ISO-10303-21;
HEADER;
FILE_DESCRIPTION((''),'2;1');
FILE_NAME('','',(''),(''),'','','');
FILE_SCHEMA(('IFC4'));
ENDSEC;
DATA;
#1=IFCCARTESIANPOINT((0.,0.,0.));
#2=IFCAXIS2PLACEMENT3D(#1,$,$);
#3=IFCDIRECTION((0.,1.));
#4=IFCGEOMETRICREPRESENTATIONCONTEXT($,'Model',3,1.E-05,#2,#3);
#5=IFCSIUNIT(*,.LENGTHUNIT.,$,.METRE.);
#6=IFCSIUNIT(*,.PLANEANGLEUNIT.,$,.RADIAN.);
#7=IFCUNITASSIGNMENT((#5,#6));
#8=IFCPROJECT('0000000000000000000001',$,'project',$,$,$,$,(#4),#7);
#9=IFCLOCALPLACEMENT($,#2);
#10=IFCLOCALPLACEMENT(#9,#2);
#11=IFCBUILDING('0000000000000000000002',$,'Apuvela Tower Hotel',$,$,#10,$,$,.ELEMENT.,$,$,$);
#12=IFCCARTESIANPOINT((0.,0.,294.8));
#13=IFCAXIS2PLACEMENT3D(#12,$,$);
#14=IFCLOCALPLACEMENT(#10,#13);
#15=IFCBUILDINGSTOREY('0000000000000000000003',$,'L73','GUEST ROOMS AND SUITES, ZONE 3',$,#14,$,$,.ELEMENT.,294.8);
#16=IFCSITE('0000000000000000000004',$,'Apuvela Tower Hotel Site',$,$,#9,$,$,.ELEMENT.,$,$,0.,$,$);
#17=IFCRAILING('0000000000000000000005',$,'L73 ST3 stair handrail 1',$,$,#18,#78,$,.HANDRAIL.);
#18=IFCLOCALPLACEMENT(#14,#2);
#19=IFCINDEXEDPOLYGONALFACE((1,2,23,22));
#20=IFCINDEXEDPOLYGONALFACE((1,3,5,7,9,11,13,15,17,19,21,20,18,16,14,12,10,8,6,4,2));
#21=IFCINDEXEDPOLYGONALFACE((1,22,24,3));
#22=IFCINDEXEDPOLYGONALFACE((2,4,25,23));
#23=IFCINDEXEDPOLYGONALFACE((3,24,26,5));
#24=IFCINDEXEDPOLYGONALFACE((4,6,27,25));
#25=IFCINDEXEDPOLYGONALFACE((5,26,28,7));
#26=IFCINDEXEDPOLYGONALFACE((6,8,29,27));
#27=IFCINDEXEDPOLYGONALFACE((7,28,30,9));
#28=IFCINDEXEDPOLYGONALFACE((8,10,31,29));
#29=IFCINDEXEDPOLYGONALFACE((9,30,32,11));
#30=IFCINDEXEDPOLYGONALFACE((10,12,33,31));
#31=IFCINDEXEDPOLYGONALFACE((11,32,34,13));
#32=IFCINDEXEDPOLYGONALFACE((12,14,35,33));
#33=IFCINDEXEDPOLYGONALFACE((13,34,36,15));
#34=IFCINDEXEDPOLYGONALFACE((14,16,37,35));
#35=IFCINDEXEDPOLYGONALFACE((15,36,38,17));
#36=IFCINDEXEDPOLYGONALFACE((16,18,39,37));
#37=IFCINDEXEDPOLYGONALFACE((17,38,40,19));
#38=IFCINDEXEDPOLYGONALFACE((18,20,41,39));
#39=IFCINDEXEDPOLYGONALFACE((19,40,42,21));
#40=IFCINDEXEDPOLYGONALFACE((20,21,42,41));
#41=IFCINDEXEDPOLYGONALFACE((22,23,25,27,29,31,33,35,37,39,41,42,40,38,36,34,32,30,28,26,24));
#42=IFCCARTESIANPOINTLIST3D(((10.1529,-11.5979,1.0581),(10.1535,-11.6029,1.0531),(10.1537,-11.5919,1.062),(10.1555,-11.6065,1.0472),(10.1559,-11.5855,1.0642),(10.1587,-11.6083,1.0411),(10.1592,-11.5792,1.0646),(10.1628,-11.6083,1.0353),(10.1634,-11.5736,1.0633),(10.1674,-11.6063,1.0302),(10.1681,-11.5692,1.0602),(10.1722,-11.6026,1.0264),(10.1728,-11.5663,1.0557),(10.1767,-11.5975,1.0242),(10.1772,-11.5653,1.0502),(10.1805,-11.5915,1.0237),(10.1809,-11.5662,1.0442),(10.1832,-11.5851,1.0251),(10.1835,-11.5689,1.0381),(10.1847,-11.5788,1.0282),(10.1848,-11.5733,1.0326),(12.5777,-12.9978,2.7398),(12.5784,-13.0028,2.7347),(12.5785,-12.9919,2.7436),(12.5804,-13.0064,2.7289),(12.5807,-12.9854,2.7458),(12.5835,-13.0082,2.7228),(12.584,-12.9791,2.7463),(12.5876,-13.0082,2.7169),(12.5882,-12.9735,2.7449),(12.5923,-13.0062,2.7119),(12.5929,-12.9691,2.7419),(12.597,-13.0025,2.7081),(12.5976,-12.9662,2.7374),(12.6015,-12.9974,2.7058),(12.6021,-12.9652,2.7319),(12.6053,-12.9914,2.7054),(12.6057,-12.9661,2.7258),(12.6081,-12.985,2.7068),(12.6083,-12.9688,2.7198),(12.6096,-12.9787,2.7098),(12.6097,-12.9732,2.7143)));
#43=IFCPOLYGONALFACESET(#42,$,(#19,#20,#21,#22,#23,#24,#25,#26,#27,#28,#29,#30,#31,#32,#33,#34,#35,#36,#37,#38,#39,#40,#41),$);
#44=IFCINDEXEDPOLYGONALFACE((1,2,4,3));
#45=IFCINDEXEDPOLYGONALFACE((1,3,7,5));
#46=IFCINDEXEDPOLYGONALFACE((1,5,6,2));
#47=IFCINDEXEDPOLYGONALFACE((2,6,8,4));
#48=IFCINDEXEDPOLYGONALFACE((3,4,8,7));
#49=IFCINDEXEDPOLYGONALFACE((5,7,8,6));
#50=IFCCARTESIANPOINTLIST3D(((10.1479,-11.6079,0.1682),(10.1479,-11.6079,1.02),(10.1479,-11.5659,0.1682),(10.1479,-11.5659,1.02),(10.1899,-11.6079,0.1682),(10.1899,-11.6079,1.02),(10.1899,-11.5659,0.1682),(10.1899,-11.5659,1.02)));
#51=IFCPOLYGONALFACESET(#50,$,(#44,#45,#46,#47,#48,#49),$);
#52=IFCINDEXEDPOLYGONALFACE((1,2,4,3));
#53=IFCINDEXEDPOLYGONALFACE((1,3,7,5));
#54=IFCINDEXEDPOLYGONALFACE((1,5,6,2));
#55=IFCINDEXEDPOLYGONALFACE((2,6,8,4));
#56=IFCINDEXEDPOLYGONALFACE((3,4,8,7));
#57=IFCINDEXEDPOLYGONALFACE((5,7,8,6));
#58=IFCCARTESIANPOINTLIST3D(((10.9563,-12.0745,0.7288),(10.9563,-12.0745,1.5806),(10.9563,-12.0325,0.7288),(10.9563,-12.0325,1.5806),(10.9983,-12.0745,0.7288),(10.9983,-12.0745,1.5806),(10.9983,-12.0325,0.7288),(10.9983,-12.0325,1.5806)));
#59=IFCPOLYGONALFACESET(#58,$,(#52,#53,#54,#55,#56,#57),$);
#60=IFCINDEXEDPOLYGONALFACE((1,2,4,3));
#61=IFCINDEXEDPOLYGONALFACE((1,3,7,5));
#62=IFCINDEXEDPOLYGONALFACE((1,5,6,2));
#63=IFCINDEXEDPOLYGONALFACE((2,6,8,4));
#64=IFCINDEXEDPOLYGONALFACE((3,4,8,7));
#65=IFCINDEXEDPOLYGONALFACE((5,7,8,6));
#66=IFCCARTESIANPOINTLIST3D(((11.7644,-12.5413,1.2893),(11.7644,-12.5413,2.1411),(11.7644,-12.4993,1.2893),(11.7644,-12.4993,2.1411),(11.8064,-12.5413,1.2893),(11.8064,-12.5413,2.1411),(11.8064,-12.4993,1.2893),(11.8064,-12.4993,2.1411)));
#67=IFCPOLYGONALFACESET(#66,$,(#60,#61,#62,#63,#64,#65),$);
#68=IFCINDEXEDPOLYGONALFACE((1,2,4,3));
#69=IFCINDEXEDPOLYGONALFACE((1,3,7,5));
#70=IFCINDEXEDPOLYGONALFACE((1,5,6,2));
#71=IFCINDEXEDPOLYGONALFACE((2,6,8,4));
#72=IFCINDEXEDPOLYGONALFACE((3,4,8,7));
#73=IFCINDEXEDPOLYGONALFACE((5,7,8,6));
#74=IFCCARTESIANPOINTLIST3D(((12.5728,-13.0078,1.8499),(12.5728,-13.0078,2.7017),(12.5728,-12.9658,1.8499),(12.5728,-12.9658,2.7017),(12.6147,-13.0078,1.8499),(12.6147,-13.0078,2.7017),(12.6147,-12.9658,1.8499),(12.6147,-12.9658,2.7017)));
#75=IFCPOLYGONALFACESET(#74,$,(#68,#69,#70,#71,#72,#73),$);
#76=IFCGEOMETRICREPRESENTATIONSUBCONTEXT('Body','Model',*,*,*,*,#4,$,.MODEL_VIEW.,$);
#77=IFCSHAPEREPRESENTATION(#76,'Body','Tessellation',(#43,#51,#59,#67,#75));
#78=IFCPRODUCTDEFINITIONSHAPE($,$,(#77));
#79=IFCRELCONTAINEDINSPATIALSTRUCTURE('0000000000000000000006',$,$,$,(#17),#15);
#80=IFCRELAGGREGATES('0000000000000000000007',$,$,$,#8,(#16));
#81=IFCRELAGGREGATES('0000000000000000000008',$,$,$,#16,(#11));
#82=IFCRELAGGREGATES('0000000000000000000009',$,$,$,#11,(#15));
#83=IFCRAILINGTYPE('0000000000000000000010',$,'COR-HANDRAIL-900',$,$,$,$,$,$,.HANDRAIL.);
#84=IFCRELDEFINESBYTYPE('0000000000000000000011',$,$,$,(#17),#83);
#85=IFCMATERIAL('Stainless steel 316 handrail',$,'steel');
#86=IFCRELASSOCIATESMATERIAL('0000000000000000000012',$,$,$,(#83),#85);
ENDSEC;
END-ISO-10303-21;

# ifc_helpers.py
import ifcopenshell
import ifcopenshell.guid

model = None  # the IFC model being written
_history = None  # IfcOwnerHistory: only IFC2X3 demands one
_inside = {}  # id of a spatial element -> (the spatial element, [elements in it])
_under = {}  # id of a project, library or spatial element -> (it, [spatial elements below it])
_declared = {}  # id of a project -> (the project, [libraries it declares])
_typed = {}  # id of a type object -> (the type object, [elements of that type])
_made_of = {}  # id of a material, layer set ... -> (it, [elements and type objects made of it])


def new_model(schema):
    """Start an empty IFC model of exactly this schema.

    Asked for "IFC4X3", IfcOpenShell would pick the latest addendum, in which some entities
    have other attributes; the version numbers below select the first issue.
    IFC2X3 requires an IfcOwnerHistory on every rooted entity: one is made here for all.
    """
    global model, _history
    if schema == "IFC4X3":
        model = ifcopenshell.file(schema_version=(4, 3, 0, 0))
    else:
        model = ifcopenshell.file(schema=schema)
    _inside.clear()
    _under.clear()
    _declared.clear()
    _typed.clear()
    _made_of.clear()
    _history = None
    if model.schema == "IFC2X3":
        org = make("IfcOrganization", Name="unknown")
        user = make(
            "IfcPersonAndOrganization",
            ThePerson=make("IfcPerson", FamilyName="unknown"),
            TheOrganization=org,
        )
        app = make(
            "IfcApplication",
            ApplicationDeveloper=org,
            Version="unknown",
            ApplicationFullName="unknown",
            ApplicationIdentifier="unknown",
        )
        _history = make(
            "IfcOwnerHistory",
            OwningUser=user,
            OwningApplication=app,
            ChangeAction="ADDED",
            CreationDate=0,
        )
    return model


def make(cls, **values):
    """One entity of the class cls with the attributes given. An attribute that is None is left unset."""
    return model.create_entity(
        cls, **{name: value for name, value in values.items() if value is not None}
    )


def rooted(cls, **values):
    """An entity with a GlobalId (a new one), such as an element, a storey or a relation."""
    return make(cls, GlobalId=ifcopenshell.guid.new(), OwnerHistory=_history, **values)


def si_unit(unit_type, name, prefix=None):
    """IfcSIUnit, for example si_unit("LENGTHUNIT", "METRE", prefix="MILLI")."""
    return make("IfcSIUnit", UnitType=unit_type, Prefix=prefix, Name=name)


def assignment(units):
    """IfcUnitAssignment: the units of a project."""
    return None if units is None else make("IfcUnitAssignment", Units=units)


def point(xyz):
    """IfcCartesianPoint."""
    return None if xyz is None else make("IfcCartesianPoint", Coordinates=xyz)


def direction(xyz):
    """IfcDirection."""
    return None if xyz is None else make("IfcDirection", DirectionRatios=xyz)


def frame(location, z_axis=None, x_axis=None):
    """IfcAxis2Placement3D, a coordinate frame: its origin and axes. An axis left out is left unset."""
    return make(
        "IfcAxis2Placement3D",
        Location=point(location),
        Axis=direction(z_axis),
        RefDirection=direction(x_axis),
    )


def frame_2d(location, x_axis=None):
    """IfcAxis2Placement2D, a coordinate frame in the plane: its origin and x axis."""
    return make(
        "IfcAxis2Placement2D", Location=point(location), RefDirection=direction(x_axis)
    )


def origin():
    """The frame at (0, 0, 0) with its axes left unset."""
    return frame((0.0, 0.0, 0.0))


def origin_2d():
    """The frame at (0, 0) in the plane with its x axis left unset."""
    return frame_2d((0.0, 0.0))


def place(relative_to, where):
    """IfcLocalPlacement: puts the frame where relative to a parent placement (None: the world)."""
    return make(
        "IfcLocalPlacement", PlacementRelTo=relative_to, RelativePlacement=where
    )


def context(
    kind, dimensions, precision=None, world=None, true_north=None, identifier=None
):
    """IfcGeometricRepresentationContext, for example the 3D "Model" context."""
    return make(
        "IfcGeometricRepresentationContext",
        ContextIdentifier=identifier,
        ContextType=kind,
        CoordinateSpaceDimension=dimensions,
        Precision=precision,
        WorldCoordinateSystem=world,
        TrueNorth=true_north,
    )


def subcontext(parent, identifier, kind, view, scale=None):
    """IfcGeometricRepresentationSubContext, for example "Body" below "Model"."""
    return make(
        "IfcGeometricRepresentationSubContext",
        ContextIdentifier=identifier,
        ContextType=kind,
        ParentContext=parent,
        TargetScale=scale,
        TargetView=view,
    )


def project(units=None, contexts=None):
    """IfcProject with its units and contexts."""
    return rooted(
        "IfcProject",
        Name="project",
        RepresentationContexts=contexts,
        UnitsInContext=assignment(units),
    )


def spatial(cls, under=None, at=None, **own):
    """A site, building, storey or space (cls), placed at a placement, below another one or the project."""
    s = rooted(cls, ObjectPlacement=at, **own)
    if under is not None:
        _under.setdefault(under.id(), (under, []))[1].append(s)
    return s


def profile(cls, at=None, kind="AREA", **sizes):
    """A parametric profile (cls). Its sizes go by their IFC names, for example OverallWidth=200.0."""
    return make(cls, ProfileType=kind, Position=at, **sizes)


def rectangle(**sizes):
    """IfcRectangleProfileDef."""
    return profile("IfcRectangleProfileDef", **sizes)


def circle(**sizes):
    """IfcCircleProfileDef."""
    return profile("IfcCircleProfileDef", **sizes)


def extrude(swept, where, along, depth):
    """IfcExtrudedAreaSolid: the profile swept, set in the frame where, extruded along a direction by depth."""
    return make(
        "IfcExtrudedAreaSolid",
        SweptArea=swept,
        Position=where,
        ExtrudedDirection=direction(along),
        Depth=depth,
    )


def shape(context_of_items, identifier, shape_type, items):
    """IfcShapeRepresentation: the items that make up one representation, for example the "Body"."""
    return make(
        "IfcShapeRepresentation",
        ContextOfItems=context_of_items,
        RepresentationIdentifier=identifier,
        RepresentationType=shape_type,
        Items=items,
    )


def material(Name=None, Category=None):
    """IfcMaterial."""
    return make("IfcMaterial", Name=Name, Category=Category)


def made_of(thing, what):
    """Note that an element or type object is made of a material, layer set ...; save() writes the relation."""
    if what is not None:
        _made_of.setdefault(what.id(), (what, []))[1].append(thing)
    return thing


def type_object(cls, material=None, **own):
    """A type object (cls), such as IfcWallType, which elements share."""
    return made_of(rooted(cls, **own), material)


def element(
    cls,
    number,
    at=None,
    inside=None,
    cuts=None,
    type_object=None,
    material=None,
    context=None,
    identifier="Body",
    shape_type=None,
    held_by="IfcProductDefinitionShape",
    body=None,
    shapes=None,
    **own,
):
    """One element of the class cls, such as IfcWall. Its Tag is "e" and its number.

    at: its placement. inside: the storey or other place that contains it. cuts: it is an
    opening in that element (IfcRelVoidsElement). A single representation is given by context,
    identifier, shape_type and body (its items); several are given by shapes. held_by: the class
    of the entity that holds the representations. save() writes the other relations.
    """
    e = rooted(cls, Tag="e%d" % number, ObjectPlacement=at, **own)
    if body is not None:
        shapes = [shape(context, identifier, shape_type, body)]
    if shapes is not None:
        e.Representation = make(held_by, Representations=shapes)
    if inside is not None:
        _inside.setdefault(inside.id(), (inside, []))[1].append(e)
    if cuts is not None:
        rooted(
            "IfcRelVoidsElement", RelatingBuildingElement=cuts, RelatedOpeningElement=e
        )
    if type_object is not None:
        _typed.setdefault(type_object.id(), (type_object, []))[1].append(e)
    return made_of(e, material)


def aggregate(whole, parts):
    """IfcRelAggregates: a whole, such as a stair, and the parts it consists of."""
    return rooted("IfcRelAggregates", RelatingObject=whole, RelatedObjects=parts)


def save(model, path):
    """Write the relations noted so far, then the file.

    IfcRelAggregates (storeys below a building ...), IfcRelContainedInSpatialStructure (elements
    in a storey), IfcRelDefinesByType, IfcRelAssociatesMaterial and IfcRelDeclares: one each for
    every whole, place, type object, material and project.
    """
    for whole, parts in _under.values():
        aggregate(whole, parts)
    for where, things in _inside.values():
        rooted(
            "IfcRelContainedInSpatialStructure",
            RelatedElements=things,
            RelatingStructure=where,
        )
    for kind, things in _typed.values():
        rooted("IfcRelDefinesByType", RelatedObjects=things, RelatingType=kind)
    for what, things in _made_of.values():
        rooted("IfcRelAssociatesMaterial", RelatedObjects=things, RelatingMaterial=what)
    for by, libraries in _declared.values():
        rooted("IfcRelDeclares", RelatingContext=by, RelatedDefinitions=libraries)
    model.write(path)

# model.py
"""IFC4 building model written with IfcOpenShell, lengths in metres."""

from ifc_helpers import new_model, si_unit, direction, frame, origin, origin_2d, place, context, subcontext, project, spatial, rectangle, circle, extrude, material, type_object, element, save


model = new_model("IFC4")

# Units and contexts
model_context = context("Model", 3, precision=1e-05, world=origin(), true_north=direction((0.0, 1.0)))
body_context = subcontext(model_context, "Body", "Model", "MODEL_VIEW")
ifc_project = project(units=[si_unit("LENGTHUNIT", "METRE"), si_unit("PLANEANGLEUNIT", "RADIAN")], contexts=[model_context])

# Site, building, storey
site_placement = place(None, origin())
site = spatial("IfcSite", under=ifc_project, at=site_placement, Name="Apuvela Tower Hotel Site", CompositionType="ELEMENT", RefElevation=0.0)
building_placement = place(site_placement, origin())
building = spatial("IfcBuilding", under=site, at=building_placement, Name="Apuvela Tower Hotel", CompositionType="ELEMENT")
storey_placement = place(building_placement, frame((0.0, 0.0, 294.8)))
storey = spatial("IfcBuildingStorey", under=building, at=storey_placement, Name="L73", Description="GUEST ROOMS AND SUITES, ZONE 3", CompositionType="ELEMENT", Elevation=294.8)

# Railing
ifc_material_1 = material(Name="Stainless steel 316 handrail", Category="steel")
railing_type_1 = type_object("IfcRailingType", Name="COR-HANDRAIL-900", PredefinedType="HANDRAIL", material=ifc_material_1)
railing_1_placement = place(storey_placement, frame((10.1689, -11.5869, 0.1682)))
element("IfcRailing", 1, at=railing_1_placement, inside=storey, type_object=railing_type_1, Name="L73 ST3 stair handrail 1", PredefinedType="HANDRAIL", context=body_context, shape_type="SweptSolid", body=[
    extrude(circle(Radius=0.0239, at=origin_2d()), frame((0.0, 0.0, 0.876), z_axis=(0.742419, -0.428618, 0.514879), x_axis=(0.499984, 0.866035, 0.0)), (0.0, 0.0, 1.0), 3.2661),
    extrude(rectangle(XDim=0.042, YDim=0.042, at=origin_2d()), origin(), (0.0, 0.0, 1.0), 0.8518),
    extrude(rectangle(XDim=0.042, YDim=0.042, at=origin_2d()), frame((0.8083, -0.4666, 0.5605)), (0.0, 0.0, 1.0), 0.8518),
    extrude(rectangle(XDim=0.042, YDim=0.042, at=origin_2d()), frame((1.6165, -0.9333, 1.1211)), (0.0, 0.0, 1.0), 0.8518),
    extrude(rectangle(XDim=0.042, YDim=0.042, at=origin_2d()), frame((2.4248, -1.3999, 1.6816)), (0.0, 0.0, 1.0), 0.8518),
])

save(model, "model.ifc")
